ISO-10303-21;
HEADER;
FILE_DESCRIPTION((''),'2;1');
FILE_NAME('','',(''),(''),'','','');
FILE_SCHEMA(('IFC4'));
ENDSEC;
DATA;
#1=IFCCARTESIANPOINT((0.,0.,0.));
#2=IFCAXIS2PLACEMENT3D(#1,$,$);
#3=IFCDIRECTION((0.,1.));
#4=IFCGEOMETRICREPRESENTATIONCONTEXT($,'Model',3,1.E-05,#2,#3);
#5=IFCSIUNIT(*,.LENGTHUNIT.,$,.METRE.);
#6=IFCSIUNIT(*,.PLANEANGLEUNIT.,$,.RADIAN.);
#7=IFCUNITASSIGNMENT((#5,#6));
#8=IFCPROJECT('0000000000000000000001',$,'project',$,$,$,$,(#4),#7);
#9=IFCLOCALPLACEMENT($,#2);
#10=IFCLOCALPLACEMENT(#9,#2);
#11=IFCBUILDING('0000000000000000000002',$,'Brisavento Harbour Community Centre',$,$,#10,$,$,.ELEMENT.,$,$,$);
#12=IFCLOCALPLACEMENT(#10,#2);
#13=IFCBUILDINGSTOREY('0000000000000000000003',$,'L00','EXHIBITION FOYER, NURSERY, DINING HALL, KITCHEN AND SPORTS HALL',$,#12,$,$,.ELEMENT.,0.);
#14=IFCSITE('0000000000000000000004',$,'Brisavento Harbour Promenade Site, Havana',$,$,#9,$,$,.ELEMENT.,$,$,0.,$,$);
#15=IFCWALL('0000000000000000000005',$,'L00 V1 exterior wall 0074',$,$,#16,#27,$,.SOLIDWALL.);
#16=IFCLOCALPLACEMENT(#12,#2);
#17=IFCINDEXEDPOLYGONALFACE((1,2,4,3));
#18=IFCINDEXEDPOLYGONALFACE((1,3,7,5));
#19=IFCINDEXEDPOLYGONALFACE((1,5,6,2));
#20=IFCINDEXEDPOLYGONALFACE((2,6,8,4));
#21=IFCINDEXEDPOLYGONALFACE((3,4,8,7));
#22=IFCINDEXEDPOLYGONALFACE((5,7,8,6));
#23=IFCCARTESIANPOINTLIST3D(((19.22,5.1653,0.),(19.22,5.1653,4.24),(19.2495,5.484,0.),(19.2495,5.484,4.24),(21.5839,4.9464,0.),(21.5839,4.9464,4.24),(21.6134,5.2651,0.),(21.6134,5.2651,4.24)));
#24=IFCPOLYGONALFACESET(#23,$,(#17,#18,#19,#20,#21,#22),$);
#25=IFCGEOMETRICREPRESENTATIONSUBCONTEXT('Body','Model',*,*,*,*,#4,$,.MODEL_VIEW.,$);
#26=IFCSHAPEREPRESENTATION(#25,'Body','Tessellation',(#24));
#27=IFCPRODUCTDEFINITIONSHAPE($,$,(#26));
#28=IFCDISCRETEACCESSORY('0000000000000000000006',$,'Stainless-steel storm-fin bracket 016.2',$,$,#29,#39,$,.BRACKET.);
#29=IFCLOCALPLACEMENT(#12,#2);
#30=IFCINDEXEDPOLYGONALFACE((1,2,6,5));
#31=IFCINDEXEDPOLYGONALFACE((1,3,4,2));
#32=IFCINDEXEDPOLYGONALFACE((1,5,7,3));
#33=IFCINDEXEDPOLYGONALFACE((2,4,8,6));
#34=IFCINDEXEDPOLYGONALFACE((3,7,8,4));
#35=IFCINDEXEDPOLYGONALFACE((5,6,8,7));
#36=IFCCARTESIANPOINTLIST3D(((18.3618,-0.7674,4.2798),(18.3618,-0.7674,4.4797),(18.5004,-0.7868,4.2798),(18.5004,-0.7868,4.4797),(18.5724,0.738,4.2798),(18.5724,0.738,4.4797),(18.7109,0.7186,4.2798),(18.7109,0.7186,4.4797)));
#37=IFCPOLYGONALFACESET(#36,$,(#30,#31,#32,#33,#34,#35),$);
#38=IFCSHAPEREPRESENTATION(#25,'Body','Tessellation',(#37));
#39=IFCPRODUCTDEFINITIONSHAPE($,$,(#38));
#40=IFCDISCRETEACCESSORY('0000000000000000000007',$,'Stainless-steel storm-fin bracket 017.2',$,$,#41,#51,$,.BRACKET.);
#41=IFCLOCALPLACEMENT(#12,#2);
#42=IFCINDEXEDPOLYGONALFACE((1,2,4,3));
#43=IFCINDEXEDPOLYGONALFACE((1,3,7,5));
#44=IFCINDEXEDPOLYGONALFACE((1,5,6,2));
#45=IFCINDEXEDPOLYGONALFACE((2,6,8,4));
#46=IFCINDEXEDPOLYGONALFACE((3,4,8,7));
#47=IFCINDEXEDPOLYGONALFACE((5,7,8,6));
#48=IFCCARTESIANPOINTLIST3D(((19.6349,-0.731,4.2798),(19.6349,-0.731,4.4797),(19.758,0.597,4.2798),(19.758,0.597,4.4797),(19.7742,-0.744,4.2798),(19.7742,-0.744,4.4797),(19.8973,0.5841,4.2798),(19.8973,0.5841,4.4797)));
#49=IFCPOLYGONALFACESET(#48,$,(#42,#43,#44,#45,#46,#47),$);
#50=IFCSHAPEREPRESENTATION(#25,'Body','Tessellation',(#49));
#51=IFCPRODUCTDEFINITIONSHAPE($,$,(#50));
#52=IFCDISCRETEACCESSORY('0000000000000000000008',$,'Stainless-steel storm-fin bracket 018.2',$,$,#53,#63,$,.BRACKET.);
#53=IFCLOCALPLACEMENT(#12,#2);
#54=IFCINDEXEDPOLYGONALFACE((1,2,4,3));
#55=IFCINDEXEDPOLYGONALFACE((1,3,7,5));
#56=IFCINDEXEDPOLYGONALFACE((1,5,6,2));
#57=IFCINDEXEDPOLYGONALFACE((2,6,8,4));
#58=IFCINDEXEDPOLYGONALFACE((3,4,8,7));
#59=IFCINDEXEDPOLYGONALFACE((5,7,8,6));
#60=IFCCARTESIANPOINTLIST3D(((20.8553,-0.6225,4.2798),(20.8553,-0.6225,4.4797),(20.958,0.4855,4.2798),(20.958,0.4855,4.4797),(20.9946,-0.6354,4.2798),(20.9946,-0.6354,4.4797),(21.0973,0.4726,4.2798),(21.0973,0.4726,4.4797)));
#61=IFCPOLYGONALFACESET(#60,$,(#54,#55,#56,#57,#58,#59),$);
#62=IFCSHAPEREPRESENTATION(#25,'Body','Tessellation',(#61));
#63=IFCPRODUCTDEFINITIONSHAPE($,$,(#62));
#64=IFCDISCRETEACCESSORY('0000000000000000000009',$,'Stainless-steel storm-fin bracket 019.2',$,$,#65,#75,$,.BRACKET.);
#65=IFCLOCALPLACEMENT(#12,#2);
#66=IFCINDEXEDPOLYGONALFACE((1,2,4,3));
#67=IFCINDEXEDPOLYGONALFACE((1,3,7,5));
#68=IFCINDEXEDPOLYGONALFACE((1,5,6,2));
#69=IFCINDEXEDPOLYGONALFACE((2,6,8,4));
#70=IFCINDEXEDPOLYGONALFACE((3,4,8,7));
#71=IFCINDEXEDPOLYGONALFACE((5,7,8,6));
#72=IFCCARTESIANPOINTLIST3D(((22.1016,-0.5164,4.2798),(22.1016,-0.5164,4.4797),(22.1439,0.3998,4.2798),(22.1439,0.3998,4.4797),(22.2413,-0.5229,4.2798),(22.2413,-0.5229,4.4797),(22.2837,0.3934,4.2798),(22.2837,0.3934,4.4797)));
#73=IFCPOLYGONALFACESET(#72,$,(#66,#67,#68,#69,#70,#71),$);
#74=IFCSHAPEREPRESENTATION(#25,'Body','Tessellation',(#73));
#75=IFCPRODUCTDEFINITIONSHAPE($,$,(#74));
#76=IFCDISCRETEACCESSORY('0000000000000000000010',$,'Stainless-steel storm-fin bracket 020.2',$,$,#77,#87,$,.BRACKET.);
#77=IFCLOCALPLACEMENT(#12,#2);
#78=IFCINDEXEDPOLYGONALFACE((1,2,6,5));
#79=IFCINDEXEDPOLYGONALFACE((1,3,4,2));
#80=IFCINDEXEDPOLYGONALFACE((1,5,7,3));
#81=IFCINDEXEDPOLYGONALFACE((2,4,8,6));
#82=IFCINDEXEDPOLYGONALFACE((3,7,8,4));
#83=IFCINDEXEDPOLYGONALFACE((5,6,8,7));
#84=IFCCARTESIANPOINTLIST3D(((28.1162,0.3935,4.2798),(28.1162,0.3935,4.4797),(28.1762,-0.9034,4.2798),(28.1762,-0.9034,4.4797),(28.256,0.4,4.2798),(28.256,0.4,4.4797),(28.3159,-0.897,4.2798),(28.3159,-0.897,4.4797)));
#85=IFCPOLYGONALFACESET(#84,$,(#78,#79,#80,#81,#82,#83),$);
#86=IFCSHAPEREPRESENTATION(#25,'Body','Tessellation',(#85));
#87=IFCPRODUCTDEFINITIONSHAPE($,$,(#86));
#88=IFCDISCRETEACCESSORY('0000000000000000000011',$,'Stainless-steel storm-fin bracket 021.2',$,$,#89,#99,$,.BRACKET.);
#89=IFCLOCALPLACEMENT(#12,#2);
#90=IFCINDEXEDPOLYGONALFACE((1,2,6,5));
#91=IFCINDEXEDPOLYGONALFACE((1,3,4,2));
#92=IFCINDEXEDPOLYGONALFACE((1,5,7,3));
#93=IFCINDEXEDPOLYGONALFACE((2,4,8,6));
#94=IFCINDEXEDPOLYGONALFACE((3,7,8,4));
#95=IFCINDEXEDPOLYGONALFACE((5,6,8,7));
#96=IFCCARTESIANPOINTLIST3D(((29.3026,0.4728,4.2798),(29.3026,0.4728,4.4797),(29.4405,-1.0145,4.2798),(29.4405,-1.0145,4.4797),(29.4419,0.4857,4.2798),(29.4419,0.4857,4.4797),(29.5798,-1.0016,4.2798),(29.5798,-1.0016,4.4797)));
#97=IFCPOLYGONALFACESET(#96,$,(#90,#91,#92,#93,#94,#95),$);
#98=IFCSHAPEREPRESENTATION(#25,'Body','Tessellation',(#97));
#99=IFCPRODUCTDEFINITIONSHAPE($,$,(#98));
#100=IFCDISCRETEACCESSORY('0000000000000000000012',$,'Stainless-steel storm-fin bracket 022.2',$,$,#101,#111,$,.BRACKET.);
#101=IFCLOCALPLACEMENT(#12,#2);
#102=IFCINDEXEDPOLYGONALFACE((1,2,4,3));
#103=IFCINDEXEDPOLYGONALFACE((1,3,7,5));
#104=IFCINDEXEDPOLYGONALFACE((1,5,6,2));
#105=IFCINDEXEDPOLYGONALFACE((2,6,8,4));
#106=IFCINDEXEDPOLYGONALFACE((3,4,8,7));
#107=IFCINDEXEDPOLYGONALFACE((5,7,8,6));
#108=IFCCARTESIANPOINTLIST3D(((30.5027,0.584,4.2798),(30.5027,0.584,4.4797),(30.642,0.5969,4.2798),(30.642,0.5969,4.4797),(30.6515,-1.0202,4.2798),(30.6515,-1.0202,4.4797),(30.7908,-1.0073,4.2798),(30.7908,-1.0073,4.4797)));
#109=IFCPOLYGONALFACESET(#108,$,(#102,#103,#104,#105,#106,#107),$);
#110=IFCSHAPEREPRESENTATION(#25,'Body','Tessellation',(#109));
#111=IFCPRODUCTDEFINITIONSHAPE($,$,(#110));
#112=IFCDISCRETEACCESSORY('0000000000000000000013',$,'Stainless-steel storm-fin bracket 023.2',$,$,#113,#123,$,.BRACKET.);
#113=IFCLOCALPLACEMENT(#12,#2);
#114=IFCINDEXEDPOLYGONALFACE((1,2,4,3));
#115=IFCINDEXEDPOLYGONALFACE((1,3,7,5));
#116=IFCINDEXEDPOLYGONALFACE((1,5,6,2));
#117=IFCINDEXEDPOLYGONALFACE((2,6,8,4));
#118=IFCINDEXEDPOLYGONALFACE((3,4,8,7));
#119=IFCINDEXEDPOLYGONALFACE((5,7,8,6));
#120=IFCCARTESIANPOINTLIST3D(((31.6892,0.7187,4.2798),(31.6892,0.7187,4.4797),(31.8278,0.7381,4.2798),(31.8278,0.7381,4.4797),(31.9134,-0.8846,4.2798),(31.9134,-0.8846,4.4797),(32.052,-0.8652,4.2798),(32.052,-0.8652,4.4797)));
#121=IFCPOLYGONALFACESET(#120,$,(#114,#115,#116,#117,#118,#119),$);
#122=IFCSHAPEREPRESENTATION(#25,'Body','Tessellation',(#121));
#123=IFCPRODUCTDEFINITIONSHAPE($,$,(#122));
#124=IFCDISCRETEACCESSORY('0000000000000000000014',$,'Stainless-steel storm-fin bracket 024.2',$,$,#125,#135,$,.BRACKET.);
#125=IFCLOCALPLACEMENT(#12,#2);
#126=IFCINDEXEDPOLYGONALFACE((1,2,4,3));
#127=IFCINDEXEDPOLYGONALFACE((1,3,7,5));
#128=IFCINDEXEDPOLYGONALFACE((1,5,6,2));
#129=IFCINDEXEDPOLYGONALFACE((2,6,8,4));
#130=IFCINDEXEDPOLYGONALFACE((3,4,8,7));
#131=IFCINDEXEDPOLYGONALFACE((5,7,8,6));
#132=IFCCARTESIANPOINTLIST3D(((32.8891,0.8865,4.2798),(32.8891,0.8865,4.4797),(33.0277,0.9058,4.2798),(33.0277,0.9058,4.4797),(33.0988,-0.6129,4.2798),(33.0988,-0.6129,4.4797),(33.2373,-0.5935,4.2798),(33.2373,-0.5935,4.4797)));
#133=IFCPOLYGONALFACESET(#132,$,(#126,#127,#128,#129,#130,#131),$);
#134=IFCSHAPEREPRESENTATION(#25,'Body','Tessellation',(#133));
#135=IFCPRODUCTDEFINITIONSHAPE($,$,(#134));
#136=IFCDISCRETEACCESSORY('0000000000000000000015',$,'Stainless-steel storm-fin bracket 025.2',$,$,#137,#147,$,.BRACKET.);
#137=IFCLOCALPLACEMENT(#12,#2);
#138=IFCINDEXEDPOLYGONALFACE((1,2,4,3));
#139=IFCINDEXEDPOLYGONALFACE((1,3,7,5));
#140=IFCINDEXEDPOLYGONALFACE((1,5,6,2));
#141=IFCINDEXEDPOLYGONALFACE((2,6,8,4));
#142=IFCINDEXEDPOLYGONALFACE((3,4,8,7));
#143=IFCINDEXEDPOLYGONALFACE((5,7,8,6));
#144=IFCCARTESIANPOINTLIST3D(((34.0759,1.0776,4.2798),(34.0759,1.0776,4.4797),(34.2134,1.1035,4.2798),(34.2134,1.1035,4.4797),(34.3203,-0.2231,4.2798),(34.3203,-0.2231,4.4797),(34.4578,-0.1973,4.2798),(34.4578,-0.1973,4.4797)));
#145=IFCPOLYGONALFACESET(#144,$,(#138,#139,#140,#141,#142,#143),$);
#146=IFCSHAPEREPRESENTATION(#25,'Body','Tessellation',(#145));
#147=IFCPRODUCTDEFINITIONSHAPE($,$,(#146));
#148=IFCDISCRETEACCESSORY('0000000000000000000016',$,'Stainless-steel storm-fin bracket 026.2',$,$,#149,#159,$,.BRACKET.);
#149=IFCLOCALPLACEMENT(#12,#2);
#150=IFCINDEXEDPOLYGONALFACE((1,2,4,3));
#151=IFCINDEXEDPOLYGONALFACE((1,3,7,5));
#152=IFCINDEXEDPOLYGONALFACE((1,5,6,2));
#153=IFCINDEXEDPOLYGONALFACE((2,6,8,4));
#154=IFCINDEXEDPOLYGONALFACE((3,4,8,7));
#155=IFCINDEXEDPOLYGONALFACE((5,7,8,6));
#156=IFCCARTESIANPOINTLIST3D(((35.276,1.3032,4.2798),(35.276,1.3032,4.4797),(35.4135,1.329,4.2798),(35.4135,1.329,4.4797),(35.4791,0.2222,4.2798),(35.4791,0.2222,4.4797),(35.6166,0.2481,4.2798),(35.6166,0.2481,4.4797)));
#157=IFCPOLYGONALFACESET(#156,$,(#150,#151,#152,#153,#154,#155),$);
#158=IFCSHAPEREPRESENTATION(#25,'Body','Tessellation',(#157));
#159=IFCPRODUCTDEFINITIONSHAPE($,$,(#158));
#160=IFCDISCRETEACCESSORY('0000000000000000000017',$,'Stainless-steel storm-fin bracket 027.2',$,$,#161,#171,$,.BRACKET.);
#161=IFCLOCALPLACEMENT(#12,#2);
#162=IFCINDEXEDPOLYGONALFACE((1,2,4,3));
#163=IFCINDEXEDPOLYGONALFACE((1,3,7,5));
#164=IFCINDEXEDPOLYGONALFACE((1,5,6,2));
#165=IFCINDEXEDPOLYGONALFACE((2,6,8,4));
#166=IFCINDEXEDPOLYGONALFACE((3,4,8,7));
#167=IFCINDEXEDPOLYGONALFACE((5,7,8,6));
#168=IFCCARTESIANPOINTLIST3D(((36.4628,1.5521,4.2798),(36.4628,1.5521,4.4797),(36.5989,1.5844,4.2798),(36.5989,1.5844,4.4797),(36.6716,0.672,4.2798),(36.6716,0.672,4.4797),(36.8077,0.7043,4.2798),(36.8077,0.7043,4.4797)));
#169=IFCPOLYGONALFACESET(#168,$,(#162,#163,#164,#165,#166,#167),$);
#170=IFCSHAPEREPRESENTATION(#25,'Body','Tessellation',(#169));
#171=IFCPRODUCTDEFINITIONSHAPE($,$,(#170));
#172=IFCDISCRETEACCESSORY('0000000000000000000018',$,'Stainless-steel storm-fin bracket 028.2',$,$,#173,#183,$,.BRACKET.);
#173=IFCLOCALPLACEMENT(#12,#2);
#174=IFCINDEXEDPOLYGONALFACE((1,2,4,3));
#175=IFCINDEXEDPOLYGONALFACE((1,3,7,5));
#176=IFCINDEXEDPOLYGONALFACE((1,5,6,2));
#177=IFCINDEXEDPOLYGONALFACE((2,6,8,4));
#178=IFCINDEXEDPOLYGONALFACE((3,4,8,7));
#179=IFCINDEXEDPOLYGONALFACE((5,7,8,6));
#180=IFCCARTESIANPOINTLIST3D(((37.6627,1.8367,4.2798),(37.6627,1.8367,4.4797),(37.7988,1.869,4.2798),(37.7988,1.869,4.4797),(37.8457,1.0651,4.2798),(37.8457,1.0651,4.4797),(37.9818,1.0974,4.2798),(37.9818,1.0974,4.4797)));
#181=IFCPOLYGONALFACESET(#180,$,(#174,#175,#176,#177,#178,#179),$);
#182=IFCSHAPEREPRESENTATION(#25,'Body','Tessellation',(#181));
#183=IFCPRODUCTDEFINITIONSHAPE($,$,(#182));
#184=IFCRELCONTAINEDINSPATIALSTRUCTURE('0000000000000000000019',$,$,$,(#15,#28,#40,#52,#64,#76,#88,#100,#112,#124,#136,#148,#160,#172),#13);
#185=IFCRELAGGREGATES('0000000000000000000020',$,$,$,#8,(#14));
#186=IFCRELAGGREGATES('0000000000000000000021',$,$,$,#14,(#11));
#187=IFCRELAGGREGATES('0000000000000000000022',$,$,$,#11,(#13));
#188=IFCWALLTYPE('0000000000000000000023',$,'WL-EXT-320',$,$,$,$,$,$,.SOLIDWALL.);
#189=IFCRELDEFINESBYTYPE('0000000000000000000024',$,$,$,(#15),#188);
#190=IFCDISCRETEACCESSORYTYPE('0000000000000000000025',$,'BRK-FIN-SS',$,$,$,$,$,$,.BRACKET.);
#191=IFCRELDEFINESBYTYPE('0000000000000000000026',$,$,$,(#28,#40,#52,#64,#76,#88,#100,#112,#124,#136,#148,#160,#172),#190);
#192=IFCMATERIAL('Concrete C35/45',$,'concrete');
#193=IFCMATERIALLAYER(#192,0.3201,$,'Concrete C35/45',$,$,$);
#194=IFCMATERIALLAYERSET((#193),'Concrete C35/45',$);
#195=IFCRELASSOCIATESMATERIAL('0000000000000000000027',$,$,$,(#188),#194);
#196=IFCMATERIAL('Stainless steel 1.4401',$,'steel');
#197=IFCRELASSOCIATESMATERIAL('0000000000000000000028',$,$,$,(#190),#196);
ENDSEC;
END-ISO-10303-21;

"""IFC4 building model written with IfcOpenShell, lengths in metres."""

from ifc_helpers import new_model, si_unit, direction, frame, frame_2d, origin, origin_2d, place, context, subcontext, project, spatial, rectangle, extrude, material, layer, layer_set, type_object, element, save


model = new_model("IFC4")

# Units and contexts
model_context = context("Model", 3, precision=1e-05, world=origin(), true_north=direction((0.0, 1.0)))
body_context = subcontext(model_context, "Body", "Model", "MODEL_VIEW")
ifc_project = project(units=[si_unit("LENGTHUNIT", "METRE"), si_unit("PLANEANGLEUNIT", "RADIAN")], contexts=[model_context])

# Site, building, storey
site_placement = place(None, origin())
site = spatial("IfcSite", under=ifc_project, at=site_placement, Name="Brisavento Harbour Promenade Site, Havana", CompositionType="ELEMENT", RefElevation=0.0)
building_placement = place(site_placement, origin())
building = spatial("IfcBuilding", under=site, at=building_placement, Name="Brisavento Harbour Community Centre", CompositionType="ELEMENT")
storey_placement = place(building_placement, origin())
storey = spatial("IfcBuildingStorey", under=building, at=storey_placement, Name="L00", Description="EXHIBITION FOYER, NURSERY, DINING HALL, KITCHEN AND SPORTS HALL", CompositionType="ELEMENT", Elevation=0.0)

# Shared definitions
ifc_material_1 = material(Name="Concrete C35/45", Category="concrete")

# Wall
ifc_layer_1 = layer(ifc_material_1, 0.3201, Name="Concrete C35/45")
ifc_layer_set_1 = layer_set([ifc_layer_1], Name="Concrete C35/45")
wall_type_1 = type_object("IfcWallType", Name="WL-EXT-320", PredefinedType="SOLIDWALL", material=ifc_layer_set_1)
wall_1_placement = place(storey_placement, frame((21.5986, 5.1057, 0.0), z_axis=(0.0, 0.0, 1.0), x_axis=(-0.995737, 0.092242, 0.0)))
element("IfcWall", 1, at=wall_1_placement, inside=storey, type_object=wall_type_1, Name="L00 V1 exterior wall 0074", PredefinedType="SOLIDWALL", context=body_context, shape_type="SweptSolid", body=[
    extrude(rectangle(XDim=2.374, YDim=0.3201, at=frame_2d((1.187, 0.0))), origin(), (0.0, 0.0, 1.0), 4.24),
])

# Discrete accessories
ifc_material_2 = material(Name="Stainless steel 1.4401", Category="steel")
discrete_accessory_type = type_object("IfcDiscreteAccessoryType", Name="BRK-FIN-SS", PredefinedType="BRACKET", material=ifc_material_2)
discrete_accessory_1_placement = place(storey_placement, frame((18.5364, -0.0244, 4.2798), z_axis=(0.0, 0.0, 1.0), x_axis=(-0.138499, -0.990363, 0.0)))
element("IfcDiscreteAccessory", 2, at=discrete_accessory_1_placement, inside=storey, type_object=discrete_accessory_type, Name="Stainless-steel storm-fin bracket 016.2", PredefinedType="BRACKET", context=body_context, shape_type="SweptSolid", body=[
    extrude(rectangle(XDim=1.52, YDim=0.1399, at=origin_2d()), origin(), (0.0, 0.0, 1.0), 0.2),
])
discrete_accessory_2_placement = place(storey_placement, frame((19.7661, -0.0735, 4.2798), z_axis=(0.0, 0.0, 1.0), x_axis=(-0.092336, -0.995728, 0.0)))
element("IfcDiscreteAccessory", 3, at=discrete_accessory_2_placement, inside=storey, type_object=discrete_accessory_type, Name="Stainless-steel storm-fin bracket 017.2", PredefinedType="BRACKET", context=body_context, shape_type="SweptSolid", body=[
    extrude(rectangle(XDim=1.3337, YDim=0.1399, at=origin_2d()), origin(), (0.0, 0.0, 1.0), 0.2),
])
discrete_accessory_3_placement = place(storey_placement, frame((20.9763, -0.075, 4.2798), z_axis=(0.0, 0.0, 1.0), x_axis=(-0.092336, -0.995728, 0.0)))
element("IfcDiscreteAccessory", 4, at=discrete_accessory_3_placement, inside=storey, type_object=discrete_accessory_type, Name="Stainless-steel storm-fin bracket 018.2", PredefinedType="BRACKET", context=body_context, shape_type="SweptSolid", body=[
    extrude(rectangle(XDim=1.1128, YDim=0.1399, at=origin_2d()), origin(), (0.0, 0.0, 1.0), 0.2),
])
discrete_accessory_4_placement = place(storey_placement, frame((22.1926, -0.0615, 4.2798), z_axis=(0.0, 0.0, 1.0), x_axis=(-0.046165, -0.998934, 0.0)))
element("IfcDiscreteAccessory", 5, at=discrete_accessory_4_placement, inside=storey, type_object=discrete_accessory_type, Name="Stainless-steel storm-fin bracket 019.2", PredefinedType="BRACKET", context=body_context, shape_type="SweptSolid", body=[
    extrude(rectangle(XDim=0.9172, YDim=0.1399, at=origin_2d()), origin(), (0.0, 0.0, 1.0), 0.2),
])
discrete_accessory_5_placement = place(storey_placement, frame((28.2161, -0.2517, 4.2798), z_axis=(0.0, 0.0, 1.0), x_axis=(0.046165, -0.998934, 0.0)))
element("IfcDiscreteAccessory", 6, at=discrete_accessory_5_placement, inside=storey, type_object=discrete_accessory_type, Name="Stainless-steel storm-fin bracket 020.2", PredefinedType="BRACKET", context=body_context, shape_type="SweptSolid", body=[
    extrude(rectangle(XDim=1.2983, YDim=0.1399, at=origin_2d()), origin(), (0.0, 0.0, 1.0), 0.2),
])
discrete_accessory_6_placement = place(storey_placement, frame((29.4412, -0.2644, 4.2798), z_axis=(0.0, 0.0, 1.0), x_axis=(0.092336, -0.995728, 0.0)))
element("IfcDiscreteAccessory", 7, at=discrete_accessory_6_placement, inside=storey, type_object=discrete_accessory_type, Name="Stainless-steel storm-fin bracket 021.2", PredefinedType="BRACKET", context=body_context, shape_type="SweptSolid", body=[
    extrude(rectangle(XDim=1.4937, YDim=0.1399, at=origin_2d()), origin(), (0.0, 0.0, 1.0), 0.2),
])
discrete_accessory_7_placement = place(storey_placement, frame((30.6467, -0.2117, 4.2798), z_axis=(0.0, 0.0, 1.0), x_axis=(0.092336, -0.995728, 0.0)))
element("IfcDiscreteAccessory", 8, at=discrete_accessory_7_placement, inside=storey, type_object=discrete_accessory_type, Name="Stainless-steel storm-fin bracket 022.2", PredefinedType="BRACKET", context=body_context, shape_type="SweptSolid", body=[
    extrude(rectangle(XDim=1.6111, YDim=0.1399, at=origin_2d()), origin(), (0.0, 0.0, 1.0), 0.2),
])
discrete_accessory_8_placement = place(storey_placement, frame((31.8706, -0.0732, 4.2798), z_axis=(0.0, 0.0, 1.0), x_axis=(0.138499, -0.990363, 0.0)))
element("IfcDiscreteAccessory", 9, at=discrete_accessory_8_placement, inside=storey, type_object=discrete_accessory_type, Name="Stainless-steel storm-fin bracket 023.2", PredefinedType="BRACKET", context=body_context, shape_type="SweptSolid", body=[
    extrude(rectangle(XDim=1.6189, YDim=0.1399, at=origin_2d()), origin(), (0.0, 0.0, 1.0), 0.2),
])
discrete_accessory_9_placement = place(storey_placement, frame((33.0632, 0.1465, 4.2798), z_axis=(0.0, 0.0, 1.0), x_axis=(0.138499, -0.990363, 0.0)))
element("IfcDiscreteAccessory", 10, at=discrete_accessory_9_placement, inside=storey, type_object=discrete_accessory_type, Name="Stainless-steel storm-fin bracket 024.2", PredefinedType="BRACKET", context=body_context, shape_type="SweptSolid", body=[
    extrude(rectangle(XDim=1.5139, YDim=0.1399, at=origin_2d()), origin(), (0.0, 0.0, 1.0), 0.2),
])
discrete_accessory_10_placement = place(storey_placement, frame((34.2668, 0.4402, 4.2798), z_axis=(0.0, 0.0, 1.0), x_axis=(0.184672, -0.9828, 0.0)))
element("IfcDiscreteAccessory", 11, at=discrete_accessory_10_placement, inside=storey, type_object=discrete_accessory_type, Name="Stainless-steel storm-fin bracket 025.2", PredefinedType="BRACKET", context=body_context, shape_type="SweptSolid", body=[
    extrude(rectangle(XDim=1.3235, YDim=0.1399, at=origin_2d()), origin(), (0.0, 0.0, 1.0), 0.2),
])
discrete_accessory_11_placement = place(storey_placement, frame((35.4463, 0.7756, 4.2798), z_axis=(0.0, 0.0, 1.0), x_axis=(0.184672, -0.9828, 0.0)))
element("IfcDiscreteAccessory", 12, at=discrete_accessory_11_placement, inside=storey, type_object=discrete_accessory_type, Name="Stainless-steel storm-fin bracket 026.2", PredefinedType="BRACKET", context=body_context, shape_type="SweptSolid", body=[
    extrude(rectangle(XDim=1.0999, YDim=0.1399, at=origin_2d()), origin(), (0.0, 0.0, 1.0), 0.2),
])
discrete_accessory_12_placement = place(storey_placement, frame((36.6353, 1.1282, 4.2798), z_axis=(0.0, 0.0, 1.0), x_axis=(0.230831, -0.972994, 0.0)))
element("IfcDiscreteAccessory", 13, at=discrete_accessory_12_placement, inside=storey, type_object=discrete_accessory_type, Name="Stainless-steel storm-fin bracket 027.2", PredefinedType="BRACKET", context=body_context, shape_type="SweptSolid", body=[
    extrude(rectangle(XDim=0.9045, YDim=0.1399, at=origin_2d()), origin(), (0.0, 0.0, 1.0), 0.2),
])
discrete_accessory_13_placement = place(storey_placement, frame((37.8223, 1.467, 4.2798), z_axis=(0.0, 0.0, 1.0), x_axis=(0.230831, -0.972994, 0.0)))
element("IfcDiscreteAccessory", 14, at=discrete_accessory_13_placement, inside=storey, type_object=discrete_accessory_type, Name="Stainless-steel storm-fin bracket 028.2", PredefinedType="BRACKET", context=body_context, shape_type="SweptSolid", body=[
    extrude(rectangle(XDim=0.793, YDim=0.1399, at=origin_2d()), origin(), (0.0, 0.0, 1.0), 0.2),
])

save(model, "model.ifc")
